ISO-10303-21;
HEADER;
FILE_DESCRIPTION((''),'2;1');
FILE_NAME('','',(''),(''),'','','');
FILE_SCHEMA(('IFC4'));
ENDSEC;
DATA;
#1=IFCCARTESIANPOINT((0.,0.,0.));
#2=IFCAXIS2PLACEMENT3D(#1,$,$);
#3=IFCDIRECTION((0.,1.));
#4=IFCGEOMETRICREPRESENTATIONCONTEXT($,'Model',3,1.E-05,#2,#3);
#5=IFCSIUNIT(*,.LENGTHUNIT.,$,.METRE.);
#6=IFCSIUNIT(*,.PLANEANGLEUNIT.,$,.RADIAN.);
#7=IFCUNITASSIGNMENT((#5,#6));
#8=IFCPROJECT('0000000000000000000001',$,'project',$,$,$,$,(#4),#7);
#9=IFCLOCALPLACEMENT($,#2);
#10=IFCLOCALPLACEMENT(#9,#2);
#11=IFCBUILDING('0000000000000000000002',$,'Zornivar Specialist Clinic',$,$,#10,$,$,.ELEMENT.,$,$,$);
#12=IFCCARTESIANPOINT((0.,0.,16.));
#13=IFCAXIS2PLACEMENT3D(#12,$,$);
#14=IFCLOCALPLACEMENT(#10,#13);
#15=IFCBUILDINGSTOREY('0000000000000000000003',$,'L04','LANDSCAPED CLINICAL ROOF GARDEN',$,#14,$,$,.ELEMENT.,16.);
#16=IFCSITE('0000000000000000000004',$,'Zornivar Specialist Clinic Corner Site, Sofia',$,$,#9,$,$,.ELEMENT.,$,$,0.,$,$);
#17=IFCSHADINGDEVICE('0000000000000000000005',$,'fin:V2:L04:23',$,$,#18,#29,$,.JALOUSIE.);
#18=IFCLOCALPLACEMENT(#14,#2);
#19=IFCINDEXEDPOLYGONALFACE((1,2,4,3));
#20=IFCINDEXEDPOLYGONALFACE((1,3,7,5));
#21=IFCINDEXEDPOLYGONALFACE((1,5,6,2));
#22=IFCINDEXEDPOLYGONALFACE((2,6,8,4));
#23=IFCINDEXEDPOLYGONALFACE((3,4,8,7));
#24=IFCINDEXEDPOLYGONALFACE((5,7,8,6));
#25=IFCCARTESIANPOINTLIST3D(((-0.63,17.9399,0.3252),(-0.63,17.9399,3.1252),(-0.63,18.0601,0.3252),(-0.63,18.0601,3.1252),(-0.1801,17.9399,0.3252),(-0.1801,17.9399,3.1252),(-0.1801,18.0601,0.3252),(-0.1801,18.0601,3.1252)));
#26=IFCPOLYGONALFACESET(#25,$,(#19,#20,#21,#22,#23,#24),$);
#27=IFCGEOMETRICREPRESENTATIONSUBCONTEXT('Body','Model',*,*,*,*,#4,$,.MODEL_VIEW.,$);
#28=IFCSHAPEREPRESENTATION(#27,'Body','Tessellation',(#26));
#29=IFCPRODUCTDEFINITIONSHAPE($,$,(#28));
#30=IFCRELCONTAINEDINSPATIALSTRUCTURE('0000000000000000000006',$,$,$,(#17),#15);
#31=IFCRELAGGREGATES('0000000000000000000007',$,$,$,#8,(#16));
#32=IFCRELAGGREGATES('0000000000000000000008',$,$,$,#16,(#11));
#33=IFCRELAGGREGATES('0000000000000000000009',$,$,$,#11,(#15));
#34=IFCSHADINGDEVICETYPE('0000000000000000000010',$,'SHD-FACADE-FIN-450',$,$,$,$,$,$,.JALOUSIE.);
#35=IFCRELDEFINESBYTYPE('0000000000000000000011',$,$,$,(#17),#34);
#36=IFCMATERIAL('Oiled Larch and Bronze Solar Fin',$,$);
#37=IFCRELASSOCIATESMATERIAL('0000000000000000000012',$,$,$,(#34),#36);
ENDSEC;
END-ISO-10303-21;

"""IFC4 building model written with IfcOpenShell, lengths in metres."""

from ifc_helpers import new_model, si_unit, direction, frame, origin, origin_2d, place, context, subcontext, project, spatial, rectangle, extrude, material, type_object, element, save


model = new_model("IFC4")

# Units and contexts
model_context = context("Model", 3, precision=1e-05, world=origin(), true_north=direction((0.0, 1.0)))
body_context = subcontext(model_context, "Body", "Model", "MODEL_VIEW")
ifc_project = project(units=[si_unit("LENGTHUNIT", "METRE"), si_unit("PLANEANGLEUNIT", "RADIAN")], contexts=[model_context])

# Site, building, storey
site_placement = place(None, origin())
site = spatial("IfcSite", under=ifc_project, at=site_placement, Name="Zornivar Specialist Clinic Corner Site, Sofia", CompositionType="ELEMENT", RefElevation=0.0)
building_placement = place(site_placement, origin())
building = spatial("IfcBuilding", under=site, at=building_placement, Name="Zornivar Specialist Clinic", CompositionType="ELEMENT")
storey_placement = place(building_placement, frame((0.0, 0.0, 16.0)))
storey = spatial("IfcBuildingStorey", under=building, at=storey_placement, Name="L04", Description="LANDSCAPED CLINICAL ROOF GARDEN", CompositionType="ELEMENT", Elevation=16.0)

# Shading device
ifc_material_1 = material(Name="Oiled Larch and Bronze Solar Fin")
shading_device_type = type_object("IfcShadingDeviceType", Name="SHD-FACADE-FIN-450", PredefinedType="JALOUSIE", material=ifc_material_1)
for number, where, z_axis, x_axis, name in (
    (1, (-0.405, 18.0, 0.3252), (0.0, 0.0, 1.0), (0.0, -1.0, 0.0), "fin:V2:L04:23"),
):
    element("IfcShadingDevice", number, at=place(storey_placement, frame(where, z_axis=z_axis, x_axis=x_axis)), inside=storey, type_object=shading_device_type, Name=name, PredefinedType="JALOUSIE", context=body_context, shape_type="SweptSolid", body=[
        extrude(rectangle(XDim=0.1201, YDim=0.45, at=origin_2d()), origin(), (0.0, 0.0, 1.0), 2.8),
    ])

save(model, "model.ifc")
